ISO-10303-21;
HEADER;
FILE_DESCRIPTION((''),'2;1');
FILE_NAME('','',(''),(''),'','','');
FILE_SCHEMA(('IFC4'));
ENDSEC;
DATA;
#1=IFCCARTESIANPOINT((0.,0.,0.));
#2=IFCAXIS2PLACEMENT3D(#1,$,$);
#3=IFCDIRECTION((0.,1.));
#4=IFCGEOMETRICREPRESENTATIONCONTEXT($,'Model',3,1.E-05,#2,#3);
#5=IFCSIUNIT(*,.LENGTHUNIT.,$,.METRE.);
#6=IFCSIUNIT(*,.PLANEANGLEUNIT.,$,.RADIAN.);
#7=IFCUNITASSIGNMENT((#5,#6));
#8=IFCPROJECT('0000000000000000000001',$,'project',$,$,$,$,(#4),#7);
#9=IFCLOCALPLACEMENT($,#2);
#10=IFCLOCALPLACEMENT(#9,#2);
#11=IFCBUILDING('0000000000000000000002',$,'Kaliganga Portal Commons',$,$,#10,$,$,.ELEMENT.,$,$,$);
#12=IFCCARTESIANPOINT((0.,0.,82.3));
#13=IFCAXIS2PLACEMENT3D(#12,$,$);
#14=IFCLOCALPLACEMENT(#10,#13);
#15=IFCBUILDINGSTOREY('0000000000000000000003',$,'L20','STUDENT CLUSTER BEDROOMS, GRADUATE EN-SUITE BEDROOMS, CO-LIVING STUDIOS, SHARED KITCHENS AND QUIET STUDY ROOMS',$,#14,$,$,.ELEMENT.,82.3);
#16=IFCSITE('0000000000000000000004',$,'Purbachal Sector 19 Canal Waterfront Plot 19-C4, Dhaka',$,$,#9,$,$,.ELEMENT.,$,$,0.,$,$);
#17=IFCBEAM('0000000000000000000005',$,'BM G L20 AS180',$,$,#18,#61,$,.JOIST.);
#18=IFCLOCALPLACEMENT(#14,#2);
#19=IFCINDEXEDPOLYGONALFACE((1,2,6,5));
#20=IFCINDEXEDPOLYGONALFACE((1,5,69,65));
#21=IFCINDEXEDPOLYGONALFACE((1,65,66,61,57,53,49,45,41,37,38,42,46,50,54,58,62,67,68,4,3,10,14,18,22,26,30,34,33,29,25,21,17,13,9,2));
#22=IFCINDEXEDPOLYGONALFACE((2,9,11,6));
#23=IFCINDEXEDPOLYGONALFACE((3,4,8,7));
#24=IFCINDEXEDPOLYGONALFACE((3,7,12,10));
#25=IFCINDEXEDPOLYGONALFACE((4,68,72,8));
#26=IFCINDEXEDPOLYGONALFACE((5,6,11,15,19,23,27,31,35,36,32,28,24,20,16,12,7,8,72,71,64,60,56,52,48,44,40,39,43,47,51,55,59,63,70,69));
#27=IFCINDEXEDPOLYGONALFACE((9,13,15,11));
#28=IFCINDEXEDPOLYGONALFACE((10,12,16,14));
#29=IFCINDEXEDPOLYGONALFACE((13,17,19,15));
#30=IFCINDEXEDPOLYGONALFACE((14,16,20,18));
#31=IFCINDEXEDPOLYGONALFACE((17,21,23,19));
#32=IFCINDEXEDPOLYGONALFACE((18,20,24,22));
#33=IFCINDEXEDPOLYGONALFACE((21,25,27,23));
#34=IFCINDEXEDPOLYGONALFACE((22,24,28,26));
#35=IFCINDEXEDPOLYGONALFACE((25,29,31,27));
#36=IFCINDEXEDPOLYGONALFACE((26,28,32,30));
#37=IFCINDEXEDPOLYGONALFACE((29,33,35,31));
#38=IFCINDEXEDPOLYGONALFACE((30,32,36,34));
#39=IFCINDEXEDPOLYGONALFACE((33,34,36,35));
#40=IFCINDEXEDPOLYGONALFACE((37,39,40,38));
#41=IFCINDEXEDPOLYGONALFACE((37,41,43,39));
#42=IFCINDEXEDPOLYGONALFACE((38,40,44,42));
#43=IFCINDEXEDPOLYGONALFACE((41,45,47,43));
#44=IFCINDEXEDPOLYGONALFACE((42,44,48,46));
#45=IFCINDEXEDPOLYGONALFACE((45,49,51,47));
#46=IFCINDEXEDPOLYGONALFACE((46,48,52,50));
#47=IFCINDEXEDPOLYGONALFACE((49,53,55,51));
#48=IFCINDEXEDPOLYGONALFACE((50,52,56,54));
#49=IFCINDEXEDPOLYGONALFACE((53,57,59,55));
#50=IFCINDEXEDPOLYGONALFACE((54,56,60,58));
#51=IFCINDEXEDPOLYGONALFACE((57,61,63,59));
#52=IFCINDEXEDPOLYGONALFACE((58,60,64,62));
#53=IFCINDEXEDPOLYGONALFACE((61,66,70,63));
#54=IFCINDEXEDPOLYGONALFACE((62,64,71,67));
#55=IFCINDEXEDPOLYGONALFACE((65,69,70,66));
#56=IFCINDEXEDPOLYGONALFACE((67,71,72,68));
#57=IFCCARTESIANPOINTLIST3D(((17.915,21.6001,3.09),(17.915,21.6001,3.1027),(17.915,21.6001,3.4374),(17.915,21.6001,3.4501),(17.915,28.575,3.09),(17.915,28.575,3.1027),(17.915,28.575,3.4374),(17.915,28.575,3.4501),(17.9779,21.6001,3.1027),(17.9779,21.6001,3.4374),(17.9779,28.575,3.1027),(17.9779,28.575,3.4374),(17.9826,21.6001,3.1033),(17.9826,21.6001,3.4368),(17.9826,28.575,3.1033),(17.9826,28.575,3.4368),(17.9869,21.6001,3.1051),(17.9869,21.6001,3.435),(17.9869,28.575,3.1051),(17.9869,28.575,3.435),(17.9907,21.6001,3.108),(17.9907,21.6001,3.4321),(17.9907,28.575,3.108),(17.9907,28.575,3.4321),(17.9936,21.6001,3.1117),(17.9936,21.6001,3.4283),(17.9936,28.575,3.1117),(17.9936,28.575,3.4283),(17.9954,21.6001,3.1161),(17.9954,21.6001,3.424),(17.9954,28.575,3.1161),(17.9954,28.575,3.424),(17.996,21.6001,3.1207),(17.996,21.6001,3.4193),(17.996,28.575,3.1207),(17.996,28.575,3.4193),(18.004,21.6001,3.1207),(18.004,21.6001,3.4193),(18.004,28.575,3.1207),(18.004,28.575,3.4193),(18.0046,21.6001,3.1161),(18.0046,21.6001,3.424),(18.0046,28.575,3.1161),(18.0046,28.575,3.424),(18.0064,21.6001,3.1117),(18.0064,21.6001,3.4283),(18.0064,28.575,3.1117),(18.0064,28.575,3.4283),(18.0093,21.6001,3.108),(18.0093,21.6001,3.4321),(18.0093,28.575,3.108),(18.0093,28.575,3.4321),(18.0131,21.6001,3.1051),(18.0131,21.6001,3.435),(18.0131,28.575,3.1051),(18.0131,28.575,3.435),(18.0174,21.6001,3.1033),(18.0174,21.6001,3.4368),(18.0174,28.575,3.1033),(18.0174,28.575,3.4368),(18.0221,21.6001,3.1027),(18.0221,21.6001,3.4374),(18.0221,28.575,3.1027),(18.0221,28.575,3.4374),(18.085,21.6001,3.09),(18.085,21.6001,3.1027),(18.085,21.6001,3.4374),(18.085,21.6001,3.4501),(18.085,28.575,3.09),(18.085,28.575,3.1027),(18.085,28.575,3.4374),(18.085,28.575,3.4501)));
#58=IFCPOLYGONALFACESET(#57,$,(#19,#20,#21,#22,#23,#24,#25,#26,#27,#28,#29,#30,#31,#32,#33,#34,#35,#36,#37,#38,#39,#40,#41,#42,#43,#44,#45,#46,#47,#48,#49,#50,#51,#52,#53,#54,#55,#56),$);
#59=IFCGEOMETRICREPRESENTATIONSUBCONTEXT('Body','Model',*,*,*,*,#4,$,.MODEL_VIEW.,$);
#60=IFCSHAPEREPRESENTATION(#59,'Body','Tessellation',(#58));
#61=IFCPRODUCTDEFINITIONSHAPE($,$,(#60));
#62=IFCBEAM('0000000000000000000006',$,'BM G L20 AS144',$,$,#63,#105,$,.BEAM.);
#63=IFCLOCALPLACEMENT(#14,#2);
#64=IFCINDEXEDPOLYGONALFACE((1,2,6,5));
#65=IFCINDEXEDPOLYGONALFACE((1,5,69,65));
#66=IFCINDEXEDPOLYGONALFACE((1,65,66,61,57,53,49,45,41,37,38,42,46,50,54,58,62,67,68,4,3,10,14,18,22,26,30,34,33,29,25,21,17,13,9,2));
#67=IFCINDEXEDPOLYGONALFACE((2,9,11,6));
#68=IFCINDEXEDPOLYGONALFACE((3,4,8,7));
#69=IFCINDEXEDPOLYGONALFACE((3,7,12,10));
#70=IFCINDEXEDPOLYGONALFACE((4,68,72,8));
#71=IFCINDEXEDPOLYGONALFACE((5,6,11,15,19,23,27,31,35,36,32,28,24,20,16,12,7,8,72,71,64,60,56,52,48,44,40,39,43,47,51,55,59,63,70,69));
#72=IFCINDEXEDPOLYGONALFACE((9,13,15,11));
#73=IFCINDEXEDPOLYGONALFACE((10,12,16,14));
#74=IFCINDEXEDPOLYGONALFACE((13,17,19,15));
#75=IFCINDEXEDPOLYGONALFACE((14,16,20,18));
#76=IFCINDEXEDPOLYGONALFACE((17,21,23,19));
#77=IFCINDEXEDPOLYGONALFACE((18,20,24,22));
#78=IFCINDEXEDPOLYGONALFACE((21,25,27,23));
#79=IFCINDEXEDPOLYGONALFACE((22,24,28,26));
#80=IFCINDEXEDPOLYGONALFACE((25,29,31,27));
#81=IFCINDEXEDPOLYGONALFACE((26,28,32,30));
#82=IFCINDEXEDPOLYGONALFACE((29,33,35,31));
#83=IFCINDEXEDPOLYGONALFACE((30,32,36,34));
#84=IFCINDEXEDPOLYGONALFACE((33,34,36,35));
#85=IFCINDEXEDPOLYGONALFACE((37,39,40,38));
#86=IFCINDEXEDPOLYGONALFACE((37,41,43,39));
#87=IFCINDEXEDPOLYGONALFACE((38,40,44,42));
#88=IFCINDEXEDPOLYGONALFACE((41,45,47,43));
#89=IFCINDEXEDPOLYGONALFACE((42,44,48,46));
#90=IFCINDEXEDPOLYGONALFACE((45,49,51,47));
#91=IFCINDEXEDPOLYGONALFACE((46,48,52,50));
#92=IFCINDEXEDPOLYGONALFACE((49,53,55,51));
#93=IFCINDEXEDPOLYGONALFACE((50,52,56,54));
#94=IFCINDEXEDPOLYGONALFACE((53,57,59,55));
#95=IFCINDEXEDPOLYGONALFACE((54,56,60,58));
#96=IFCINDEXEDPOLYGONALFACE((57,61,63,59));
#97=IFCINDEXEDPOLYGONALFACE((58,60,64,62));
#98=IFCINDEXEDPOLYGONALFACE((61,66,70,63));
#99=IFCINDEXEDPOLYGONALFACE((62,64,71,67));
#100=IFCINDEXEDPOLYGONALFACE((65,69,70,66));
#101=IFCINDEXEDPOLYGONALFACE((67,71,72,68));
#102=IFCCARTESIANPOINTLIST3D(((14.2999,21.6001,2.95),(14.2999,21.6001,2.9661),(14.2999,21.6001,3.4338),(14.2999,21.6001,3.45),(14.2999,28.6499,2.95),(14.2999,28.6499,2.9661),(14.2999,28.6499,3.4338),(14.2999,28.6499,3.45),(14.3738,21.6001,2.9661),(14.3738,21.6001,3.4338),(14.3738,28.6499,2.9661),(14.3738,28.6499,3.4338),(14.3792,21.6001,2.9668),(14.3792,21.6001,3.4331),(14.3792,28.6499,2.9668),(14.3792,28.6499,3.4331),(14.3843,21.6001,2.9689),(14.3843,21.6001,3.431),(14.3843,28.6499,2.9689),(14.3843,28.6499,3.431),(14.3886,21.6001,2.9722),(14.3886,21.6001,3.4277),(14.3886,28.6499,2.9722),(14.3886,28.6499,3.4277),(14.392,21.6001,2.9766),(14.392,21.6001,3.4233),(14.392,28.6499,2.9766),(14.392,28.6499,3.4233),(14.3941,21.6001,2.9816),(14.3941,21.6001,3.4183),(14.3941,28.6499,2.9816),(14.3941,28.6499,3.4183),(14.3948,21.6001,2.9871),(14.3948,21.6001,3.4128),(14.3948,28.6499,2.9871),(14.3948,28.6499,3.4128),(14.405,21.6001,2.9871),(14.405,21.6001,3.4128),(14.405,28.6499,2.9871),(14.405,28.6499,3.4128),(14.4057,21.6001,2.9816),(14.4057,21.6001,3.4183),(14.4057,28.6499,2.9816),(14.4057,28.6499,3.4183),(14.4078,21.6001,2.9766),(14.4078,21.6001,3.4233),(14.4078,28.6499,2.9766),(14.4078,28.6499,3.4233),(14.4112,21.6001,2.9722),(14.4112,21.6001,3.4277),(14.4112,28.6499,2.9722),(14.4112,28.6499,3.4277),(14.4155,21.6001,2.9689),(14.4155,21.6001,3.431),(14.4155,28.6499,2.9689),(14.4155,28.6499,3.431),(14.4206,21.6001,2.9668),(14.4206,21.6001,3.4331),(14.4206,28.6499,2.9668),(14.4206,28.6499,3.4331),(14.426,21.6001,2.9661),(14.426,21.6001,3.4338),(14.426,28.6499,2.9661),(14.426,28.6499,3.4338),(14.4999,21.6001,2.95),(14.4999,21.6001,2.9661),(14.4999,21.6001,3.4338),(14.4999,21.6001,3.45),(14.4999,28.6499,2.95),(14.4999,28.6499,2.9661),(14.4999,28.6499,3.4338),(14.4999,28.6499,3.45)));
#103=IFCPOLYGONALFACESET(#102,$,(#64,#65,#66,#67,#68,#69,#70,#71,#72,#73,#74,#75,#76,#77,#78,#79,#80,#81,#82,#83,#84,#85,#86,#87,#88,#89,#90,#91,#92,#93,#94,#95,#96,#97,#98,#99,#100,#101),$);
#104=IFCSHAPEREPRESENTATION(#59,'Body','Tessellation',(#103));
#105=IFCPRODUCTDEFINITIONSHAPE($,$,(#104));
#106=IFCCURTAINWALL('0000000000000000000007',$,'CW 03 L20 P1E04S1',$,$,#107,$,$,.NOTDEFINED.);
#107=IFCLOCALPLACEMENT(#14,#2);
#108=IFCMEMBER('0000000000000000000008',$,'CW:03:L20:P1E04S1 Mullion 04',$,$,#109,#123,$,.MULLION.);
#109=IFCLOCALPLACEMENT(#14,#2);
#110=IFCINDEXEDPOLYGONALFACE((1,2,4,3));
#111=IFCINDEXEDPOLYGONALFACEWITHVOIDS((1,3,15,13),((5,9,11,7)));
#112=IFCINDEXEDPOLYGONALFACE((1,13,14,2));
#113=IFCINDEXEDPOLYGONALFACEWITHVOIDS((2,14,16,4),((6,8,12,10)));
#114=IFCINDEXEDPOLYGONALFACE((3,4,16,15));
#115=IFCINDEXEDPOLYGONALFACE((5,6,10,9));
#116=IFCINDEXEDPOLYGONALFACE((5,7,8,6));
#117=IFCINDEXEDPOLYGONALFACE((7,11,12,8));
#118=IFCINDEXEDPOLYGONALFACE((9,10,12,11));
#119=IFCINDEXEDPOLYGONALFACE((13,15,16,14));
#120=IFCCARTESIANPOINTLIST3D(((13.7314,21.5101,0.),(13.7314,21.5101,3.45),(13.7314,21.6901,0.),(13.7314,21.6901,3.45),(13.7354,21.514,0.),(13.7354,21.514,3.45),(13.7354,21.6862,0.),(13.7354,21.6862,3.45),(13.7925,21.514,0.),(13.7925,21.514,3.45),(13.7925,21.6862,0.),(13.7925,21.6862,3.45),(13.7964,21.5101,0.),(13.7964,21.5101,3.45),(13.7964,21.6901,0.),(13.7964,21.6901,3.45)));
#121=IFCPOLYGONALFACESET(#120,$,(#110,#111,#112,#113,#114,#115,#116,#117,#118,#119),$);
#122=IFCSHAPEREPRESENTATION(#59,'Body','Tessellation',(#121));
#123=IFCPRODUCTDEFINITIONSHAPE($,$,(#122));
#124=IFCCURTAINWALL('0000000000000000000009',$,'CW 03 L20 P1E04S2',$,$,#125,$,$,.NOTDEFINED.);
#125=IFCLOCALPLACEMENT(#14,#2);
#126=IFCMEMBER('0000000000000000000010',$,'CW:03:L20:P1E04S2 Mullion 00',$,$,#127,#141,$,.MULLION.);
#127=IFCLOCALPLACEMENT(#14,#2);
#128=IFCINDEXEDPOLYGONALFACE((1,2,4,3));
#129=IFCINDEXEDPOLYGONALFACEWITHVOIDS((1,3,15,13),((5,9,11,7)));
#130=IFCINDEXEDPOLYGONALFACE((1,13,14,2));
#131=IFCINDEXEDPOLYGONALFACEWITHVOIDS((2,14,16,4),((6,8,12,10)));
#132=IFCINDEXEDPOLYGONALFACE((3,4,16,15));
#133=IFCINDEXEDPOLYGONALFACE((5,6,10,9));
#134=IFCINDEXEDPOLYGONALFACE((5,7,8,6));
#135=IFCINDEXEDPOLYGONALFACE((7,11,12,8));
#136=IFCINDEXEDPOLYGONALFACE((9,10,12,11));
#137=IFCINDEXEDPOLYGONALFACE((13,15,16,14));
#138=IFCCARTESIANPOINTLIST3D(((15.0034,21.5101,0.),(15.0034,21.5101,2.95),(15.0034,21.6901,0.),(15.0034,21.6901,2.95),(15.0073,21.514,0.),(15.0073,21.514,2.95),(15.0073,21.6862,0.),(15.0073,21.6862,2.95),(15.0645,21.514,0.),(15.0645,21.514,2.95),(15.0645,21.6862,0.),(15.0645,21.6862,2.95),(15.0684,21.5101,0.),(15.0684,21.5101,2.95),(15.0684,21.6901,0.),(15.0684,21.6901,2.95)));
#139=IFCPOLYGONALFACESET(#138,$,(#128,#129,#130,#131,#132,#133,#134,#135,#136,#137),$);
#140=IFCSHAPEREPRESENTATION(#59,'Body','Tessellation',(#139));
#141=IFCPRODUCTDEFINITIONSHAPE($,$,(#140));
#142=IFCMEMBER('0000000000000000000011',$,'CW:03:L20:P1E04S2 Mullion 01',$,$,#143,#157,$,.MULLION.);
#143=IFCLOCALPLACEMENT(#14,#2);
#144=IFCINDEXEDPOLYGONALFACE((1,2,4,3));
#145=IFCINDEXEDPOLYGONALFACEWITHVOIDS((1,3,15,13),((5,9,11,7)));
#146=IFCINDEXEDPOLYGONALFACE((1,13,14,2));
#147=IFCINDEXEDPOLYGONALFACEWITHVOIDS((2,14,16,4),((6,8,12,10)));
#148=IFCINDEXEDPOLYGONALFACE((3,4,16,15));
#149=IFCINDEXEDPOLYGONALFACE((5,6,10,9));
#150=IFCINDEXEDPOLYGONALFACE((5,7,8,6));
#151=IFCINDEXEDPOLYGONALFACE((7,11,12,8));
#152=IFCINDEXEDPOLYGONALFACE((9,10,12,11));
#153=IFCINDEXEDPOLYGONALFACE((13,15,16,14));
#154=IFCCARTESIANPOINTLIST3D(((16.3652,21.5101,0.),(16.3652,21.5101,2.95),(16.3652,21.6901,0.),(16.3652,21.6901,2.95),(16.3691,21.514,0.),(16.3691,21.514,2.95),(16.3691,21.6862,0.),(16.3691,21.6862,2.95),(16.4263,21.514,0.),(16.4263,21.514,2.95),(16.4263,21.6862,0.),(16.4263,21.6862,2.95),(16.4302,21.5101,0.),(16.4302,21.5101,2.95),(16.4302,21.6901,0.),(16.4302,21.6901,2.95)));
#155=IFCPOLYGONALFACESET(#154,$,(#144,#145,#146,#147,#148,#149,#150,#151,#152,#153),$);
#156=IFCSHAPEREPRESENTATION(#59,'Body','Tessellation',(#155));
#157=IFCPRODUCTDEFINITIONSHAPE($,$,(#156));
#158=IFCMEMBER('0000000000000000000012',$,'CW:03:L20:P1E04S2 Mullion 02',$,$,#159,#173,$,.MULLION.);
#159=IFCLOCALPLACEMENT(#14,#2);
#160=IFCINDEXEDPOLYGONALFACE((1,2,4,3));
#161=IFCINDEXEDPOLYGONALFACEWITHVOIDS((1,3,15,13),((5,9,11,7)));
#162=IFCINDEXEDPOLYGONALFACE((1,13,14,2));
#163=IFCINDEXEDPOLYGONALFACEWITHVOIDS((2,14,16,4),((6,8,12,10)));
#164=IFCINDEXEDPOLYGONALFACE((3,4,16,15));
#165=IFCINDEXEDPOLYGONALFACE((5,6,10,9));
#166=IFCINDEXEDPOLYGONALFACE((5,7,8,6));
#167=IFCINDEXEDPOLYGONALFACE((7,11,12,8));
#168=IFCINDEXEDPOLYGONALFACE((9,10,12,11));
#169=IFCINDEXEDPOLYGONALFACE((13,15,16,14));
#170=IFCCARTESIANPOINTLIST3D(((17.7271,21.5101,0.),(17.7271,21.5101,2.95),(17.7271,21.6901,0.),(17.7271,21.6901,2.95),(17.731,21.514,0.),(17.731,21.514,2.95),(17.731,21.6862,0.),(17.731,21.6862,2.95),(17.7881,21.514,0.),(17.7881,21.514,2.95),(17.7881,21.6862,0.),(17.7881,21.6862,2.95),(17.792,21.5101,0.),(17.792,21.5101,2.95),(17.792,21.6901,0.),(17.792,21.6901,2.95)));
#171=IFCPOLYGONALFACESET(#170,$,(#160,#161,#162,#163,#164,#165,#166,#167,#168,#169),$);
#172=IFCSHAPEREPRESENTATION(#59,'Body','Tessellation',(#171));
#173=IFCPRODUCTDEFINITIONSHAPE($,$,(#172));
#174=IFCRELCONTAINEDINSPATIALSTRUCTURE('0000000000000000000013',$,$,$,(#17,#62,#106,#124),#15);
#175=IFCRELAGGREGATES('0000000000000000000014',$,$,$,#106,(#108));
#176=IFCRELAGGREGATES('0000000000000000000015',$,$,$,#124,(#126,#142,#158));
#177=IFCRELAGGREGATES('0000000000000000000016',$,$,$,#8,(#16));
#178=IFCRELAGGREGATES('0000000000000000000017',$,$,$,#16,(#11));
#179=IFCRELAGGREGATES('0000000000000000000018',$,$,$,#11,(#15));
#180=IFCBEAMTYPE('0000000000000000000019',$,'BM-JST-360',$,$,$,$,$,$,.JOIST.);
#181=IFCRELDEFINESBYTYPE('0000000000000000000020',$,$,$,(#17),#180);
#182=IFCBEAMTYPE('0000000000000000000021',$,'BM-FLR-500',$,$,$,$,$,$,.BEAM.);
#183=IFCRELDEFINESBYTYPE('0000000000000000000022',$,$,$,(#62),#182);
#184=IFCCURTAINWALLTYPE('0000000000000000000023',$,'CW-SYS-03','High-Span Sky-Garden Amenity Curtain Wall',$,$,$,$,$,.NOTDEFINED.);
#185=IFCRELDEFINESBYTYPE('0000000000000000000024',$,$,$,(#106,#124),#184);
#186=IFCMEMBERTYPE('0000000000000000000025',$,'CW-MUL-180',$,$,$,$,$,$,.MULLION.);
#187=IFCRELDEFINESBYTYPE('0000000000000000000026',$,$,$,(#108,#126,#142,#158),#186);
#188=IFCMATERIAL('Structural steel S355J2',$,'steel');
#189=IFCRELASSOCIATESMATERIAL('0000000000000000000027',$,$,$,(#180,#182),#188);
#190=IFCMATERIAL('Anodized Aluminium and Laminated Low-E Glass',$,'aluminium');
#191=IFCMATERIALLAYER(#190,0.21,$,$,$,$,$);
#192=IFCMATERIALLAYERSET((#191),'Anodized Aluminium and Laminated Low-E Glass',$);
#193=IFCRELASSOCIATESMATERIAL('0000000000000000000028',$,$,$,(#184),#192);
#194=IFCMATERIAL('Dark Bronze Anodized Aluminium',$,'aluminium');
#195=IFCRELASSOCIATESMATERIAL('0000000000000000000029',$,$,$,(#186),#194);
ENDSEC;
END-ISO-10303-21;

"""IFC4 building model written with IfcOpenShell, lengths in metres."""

from ifc_helpers import new_model, si_unit, direction, frame, origin, origin_2d, place, context, subcontext, project, spatial, hollow_rectangle, i_section, extrude, source, transform, mapped, material, layer, layer_set, material_profile, profile_set, type_object, element, aggregate, save


model = new_model("IFC4")

# Units and contexts
model_context = context("Model", 3, precision=1e-05, world=origin(), true_north=direction((0.0, 1.0)))
body_context = subcontext(model_context, "Body", "Model", "MODEL_VIEW")
ifc_project = project(units=[si_unit("LENGTHUNIT", "METRE"), si_unit("PLANEANGLEUNIT", "RADIAN")], contexts=[model_context])

# Site, building, storey
site_placement = place(None, origin())
site = spatial("IfcSite", under=ifc_project, at=site_placement, Name="Purbachal Sector 19 Canal Waterfront Plot 19-C4, Dhaka", CompositionType="ELEMENT", RefElevation=0.0)
building_placement = place(site_placement, origin())
building = spatial("IfcBuilding", under=site, at=building_placement, Name="Kaliganga Portal Commons", CompositionType="ELEMENT")
storey_placement = place(building_placement, frame((0.0, 0.0, 82.3)))
storey = spatial("IfcBuildingStorey", under=building, at=storey_placement, Name="L20", Description="STUDENT CLUSTER BEDROOMS, GRADUATE EN-SUITE BEDROOMS, CO-LIVING STUDIOS, SHARED KITCHENS AND QUIET STUDY ROOMS", CompositionType="ELEMENT", Elevation=82.3)

# Beams
ifc_material_1 = material(Name="Structural steel S355J2", Category="steel")
ifc_material_profile_1 = material_profile(ifc_material_1, i_section(OverallWidth=0.1699, OverallDepth=0.3601, WebThickness=0.0081, FlangeThickness=0.0127, FilletRadius=0.0181, at=origin_2d()), Name="IPE 360")
ifc_profile_set_1 = profile_set([ifc_material_profile_1], Name="Structural steel S355J2 wide-flange")
beam_type_1 = type_object("IfcBeamType", Name="BM-JST-360", PredefinedType="JOIST", material=ifc_profile_set_1)
shared_shape_1 = source(origin(), body_context, "Body", "SweptSolid", [
    extrude(i_section(OverallWidth=0.1699, OverallDepth=0.3601, WebThickness=0.0081, FlangeThickness=0.0127, FilletRadius=0.0181, at=origin_2d()), origin(), (0.0, 0.0, 1.0), 6.9749),
])
beam_1_placement = place(storey_placement, frame((18.0, 21.6001, 3.27), z_axis=(0.0, 1.0, 0.0), x_axis=(-1.0, 0.0, 0.0)))
element("IfcBeam", 1, at=beam_1_placement, inside=storey, type_object=beam_type_1, Name="BM G L20 AS180", PredefinedType="JOIST", context=body_context, shape_type="MappedRepresentation", body=[
    mapped(shared_shape_1, transform((0.0, 0.0, 0.0), x_axis=(1.0, 0.0, 0.0), y_axis=(0.0, 1.0, 0.0), z_axis=(0.0, 0.0, 1.0), scale=1.0)),
])
ifc_material_profile_2 = material_profile(ifc_material_1, i_section(OverallWidth=0.2, OverallDepth=0.5, WebThickness=0.0103, FlangeThickness=0.0161, FilletRadius=0.021, at=origin_2d()), Name="IPE 500")
ifc_profile_set_2 = profile_set([ifc_material_profile_2], Name="Structural steel S355J2 wide-flange")
beam_type_2 = type_object("IfcBeamType", Name="BM-FLR-500", PredefinedType="BEAM", material=ifc_profile_set_2)
shared_shape_2 = source(origin(), body_context, "Body", "SweptSolid", [
    extrude(i_section(OverallWidth=0.2, OverallDepth=0.5, WebThickness=0.0103, FlangeThickness=0.0161, FilletRadius=0.021, at=origin_2d()), origin(), (0.0, 0.0, 1.0), 7.0498),
])
beam_2_placement = place(storey_placement, frame((14.3999, 21.6001, 3.2), z_axis=(0.0, 1.0, 0.0), x_axis=(-1.0, 0.0, 0.0)))
element("IfcBeam", 2, at=beam_2_placement, inside=storey, type_object=beam_type_2, Name="BM G L20 AS144", PredefinedType="BEAM", context=body_context, shape_type="MappedRepresentation", body=[
    mapped(shared_shape_2, transform((0.0, 0.0, 0.0), x_axis=(1.0, 0.0, 0.0), y_axis=(0.0, 1.0, 0.0), z_axis=(0.0, 0.0, 1.0), scale=1.0)),
])

# Curtain wall, member
ifc_material_2 = material(Name="Anodized Aluminium and Laminated Low-E Glass", Category="aluminium")
ifc_layer_1 = layer(ifc_material_2, 0.21)
ifc_layer_set_1 = layer_set([ifc_layer_1], Name="Anodized Aluminium and Laminated Low-E Glass")
curtain_wall_type = type_object("IfcCurtainWallType", Name="CW-SYS-03", Description="High-Span Sky-Garden Amenity Curtain Wall", PredefinedType="NOTDEFINED", material=ifc_layer_set_1)
curtain_wall_1_placement = place(storey_placement, origin())
curtain_wall_1 = element("IfcCurtainWall", 3, at=curtain_wall_1_placement, inside=storey, type_object=curtain_wall_type, Name="CW 03 L20 P1E04S1", PredefinedType="NOTDEFINED")
ifc_material_3 = material(Name="Dark Bronze Anodized Aluminium", Category="aluminium")
ifc_material_profile_3 = material_profile(ifc_material_3, hollow_rectangle(XDim=0.0649, YDim=0.1799, WallThickness=0.0039, at=origin_2d()), Name="ALU MULL 65x180x4")
ifc_profile_set_3 = profile_set([ifc_material_profile_3], Name="Dark Bronze Anodized Aluminium")
member_type_1 = type_object("IfcMemberType", Name="CW-MUL-180", PredefinedType="MULLION", material=ifc_profile_set_3)
shared_shape_3 = source(origin(), body_context, "Body", "SweptSolid", [
    extrude(hollow_rectangle(XDim=0.0649, YDim=0.1799, WallThickness=0.0039, at=origin_2d()), origin(), (0.0, 0.0, 1.0), 3.45),
])
member_1_placement = place(storey_placement, frame((13.7639, 21.6001, 0.0), z_axis=(0.0, 0.0, 1.0), x_axis=(1.0, 0.0, 0.0)))
member_1 = element("IfcMember", 4, at=member_1_placement, type_object=member_type_1, Name="CW:03:L20:P1E04S1 Mullion 04", PredefinedType="MULLION", context=body_context, shape_type="MappedRepresentation", body=[
    mapped(shared_shape_3, transform((0.0, 0.0, 0.0), x_axis=(1.0, 0.0, 0.0), y_axis=(0.0, 1.0, 0.0), z_axis=(0.0, 0.0, 1.0), scale=1.0)),
])
aggregate(curtain_wall_1, [member_1])

# Curtain wall, members
curtain_wall_2_placement = place(storey_placement, origin())
curtain_wall_2 = element("IfcCurtainWall", 5, at=curtain_wall_2_placement, inside=storey, type_object=curtain_wall_type, Name="CW 03 L20 P1E04S2", PredefinedType="NOTDEFINED")
shared_shape_4 = source(origin(), body_context, "Body", "SweptSolid", [
    extrude(hollow_rectangle(XDim=0.0649, YDim=0.1799, WallThickness=0.0039, at=origin_2d()), origin(), (0.0, 0.0, 1.0), 2.95),
])
member_2_placement = place(storey_placement, frame((15.0359, 21.6001, 0.0), z_axis=(0.0, 0.0, 1.0), x_axis=(1.0, 0.0, 0.0)))
member_2 = element("IfcMember", 6, at=member_2_placement, type_object=member_type_1, Name="CW:03:L20:P1E04S2 Mullion 00", PredefinedType="MULLION", context=body_context, shape_type="MappedRepresentation", body=[
    mapped(shared_shape_4, transform((0.0, 0.0, 0.0), x_axis=(1.0, 0.0, 0.0), y_axis=(0.0, 1.0, 0.0), z_axis=(0.0, 0.0, 1.0), scale=1.0)),
])
member_3_placement = place(storey_placement, frame((16.3977, 21.6001, 0.0), z_axis=(0.0, 0.0, 1.0), x_axis=(1.0, 0.0, 0.0)))
member_3 = element("IfcMember", 7, at=member_3_placement, type_object=member_type_1, Name="CW:03:L20:P1E04S2 Mullion 01", PredefinedType="MULLION", context=body_context, shape_type="MappedRepresentation", body=[
    mapped(shared_shape_4, transform((0.0, 0.0, 0.0), x_axis=(1.0, 0.0, 0.0), y_axis=(0.0, 1.0, 0.0), z_axis=(0.0, 0.0, 1.0), scale=1.0)),
])
member_4_placement = place(storey_placement, frame((17.7595, 21.6001, 0.0), z_axis=(0.0, 0.0, 1.0), x_axis=(1.0, 0.0, 0.0)))
member_4 = element("IfcMember", 8, at=member_4_placement, type_object=member_type_1, Name="CW:03:L20:P1E04S2 Mullion 02", PredefinedType="MULLION", context=body_context, shape_type="MappedRepresentation", body=[
    mapped(shared_shape_4, transform((0.0, 0.0, 0.0), x_axis=(1.0, 0.0, 0.0), y_axis=(0.0, 1.0, 0.0), z_axis=(0.0, 0.0, 1.0), scale=1.0)),
])

aggregate(curtain_wall_2, [member_2, member_3, member_4])

save(model, "model.ifc")
